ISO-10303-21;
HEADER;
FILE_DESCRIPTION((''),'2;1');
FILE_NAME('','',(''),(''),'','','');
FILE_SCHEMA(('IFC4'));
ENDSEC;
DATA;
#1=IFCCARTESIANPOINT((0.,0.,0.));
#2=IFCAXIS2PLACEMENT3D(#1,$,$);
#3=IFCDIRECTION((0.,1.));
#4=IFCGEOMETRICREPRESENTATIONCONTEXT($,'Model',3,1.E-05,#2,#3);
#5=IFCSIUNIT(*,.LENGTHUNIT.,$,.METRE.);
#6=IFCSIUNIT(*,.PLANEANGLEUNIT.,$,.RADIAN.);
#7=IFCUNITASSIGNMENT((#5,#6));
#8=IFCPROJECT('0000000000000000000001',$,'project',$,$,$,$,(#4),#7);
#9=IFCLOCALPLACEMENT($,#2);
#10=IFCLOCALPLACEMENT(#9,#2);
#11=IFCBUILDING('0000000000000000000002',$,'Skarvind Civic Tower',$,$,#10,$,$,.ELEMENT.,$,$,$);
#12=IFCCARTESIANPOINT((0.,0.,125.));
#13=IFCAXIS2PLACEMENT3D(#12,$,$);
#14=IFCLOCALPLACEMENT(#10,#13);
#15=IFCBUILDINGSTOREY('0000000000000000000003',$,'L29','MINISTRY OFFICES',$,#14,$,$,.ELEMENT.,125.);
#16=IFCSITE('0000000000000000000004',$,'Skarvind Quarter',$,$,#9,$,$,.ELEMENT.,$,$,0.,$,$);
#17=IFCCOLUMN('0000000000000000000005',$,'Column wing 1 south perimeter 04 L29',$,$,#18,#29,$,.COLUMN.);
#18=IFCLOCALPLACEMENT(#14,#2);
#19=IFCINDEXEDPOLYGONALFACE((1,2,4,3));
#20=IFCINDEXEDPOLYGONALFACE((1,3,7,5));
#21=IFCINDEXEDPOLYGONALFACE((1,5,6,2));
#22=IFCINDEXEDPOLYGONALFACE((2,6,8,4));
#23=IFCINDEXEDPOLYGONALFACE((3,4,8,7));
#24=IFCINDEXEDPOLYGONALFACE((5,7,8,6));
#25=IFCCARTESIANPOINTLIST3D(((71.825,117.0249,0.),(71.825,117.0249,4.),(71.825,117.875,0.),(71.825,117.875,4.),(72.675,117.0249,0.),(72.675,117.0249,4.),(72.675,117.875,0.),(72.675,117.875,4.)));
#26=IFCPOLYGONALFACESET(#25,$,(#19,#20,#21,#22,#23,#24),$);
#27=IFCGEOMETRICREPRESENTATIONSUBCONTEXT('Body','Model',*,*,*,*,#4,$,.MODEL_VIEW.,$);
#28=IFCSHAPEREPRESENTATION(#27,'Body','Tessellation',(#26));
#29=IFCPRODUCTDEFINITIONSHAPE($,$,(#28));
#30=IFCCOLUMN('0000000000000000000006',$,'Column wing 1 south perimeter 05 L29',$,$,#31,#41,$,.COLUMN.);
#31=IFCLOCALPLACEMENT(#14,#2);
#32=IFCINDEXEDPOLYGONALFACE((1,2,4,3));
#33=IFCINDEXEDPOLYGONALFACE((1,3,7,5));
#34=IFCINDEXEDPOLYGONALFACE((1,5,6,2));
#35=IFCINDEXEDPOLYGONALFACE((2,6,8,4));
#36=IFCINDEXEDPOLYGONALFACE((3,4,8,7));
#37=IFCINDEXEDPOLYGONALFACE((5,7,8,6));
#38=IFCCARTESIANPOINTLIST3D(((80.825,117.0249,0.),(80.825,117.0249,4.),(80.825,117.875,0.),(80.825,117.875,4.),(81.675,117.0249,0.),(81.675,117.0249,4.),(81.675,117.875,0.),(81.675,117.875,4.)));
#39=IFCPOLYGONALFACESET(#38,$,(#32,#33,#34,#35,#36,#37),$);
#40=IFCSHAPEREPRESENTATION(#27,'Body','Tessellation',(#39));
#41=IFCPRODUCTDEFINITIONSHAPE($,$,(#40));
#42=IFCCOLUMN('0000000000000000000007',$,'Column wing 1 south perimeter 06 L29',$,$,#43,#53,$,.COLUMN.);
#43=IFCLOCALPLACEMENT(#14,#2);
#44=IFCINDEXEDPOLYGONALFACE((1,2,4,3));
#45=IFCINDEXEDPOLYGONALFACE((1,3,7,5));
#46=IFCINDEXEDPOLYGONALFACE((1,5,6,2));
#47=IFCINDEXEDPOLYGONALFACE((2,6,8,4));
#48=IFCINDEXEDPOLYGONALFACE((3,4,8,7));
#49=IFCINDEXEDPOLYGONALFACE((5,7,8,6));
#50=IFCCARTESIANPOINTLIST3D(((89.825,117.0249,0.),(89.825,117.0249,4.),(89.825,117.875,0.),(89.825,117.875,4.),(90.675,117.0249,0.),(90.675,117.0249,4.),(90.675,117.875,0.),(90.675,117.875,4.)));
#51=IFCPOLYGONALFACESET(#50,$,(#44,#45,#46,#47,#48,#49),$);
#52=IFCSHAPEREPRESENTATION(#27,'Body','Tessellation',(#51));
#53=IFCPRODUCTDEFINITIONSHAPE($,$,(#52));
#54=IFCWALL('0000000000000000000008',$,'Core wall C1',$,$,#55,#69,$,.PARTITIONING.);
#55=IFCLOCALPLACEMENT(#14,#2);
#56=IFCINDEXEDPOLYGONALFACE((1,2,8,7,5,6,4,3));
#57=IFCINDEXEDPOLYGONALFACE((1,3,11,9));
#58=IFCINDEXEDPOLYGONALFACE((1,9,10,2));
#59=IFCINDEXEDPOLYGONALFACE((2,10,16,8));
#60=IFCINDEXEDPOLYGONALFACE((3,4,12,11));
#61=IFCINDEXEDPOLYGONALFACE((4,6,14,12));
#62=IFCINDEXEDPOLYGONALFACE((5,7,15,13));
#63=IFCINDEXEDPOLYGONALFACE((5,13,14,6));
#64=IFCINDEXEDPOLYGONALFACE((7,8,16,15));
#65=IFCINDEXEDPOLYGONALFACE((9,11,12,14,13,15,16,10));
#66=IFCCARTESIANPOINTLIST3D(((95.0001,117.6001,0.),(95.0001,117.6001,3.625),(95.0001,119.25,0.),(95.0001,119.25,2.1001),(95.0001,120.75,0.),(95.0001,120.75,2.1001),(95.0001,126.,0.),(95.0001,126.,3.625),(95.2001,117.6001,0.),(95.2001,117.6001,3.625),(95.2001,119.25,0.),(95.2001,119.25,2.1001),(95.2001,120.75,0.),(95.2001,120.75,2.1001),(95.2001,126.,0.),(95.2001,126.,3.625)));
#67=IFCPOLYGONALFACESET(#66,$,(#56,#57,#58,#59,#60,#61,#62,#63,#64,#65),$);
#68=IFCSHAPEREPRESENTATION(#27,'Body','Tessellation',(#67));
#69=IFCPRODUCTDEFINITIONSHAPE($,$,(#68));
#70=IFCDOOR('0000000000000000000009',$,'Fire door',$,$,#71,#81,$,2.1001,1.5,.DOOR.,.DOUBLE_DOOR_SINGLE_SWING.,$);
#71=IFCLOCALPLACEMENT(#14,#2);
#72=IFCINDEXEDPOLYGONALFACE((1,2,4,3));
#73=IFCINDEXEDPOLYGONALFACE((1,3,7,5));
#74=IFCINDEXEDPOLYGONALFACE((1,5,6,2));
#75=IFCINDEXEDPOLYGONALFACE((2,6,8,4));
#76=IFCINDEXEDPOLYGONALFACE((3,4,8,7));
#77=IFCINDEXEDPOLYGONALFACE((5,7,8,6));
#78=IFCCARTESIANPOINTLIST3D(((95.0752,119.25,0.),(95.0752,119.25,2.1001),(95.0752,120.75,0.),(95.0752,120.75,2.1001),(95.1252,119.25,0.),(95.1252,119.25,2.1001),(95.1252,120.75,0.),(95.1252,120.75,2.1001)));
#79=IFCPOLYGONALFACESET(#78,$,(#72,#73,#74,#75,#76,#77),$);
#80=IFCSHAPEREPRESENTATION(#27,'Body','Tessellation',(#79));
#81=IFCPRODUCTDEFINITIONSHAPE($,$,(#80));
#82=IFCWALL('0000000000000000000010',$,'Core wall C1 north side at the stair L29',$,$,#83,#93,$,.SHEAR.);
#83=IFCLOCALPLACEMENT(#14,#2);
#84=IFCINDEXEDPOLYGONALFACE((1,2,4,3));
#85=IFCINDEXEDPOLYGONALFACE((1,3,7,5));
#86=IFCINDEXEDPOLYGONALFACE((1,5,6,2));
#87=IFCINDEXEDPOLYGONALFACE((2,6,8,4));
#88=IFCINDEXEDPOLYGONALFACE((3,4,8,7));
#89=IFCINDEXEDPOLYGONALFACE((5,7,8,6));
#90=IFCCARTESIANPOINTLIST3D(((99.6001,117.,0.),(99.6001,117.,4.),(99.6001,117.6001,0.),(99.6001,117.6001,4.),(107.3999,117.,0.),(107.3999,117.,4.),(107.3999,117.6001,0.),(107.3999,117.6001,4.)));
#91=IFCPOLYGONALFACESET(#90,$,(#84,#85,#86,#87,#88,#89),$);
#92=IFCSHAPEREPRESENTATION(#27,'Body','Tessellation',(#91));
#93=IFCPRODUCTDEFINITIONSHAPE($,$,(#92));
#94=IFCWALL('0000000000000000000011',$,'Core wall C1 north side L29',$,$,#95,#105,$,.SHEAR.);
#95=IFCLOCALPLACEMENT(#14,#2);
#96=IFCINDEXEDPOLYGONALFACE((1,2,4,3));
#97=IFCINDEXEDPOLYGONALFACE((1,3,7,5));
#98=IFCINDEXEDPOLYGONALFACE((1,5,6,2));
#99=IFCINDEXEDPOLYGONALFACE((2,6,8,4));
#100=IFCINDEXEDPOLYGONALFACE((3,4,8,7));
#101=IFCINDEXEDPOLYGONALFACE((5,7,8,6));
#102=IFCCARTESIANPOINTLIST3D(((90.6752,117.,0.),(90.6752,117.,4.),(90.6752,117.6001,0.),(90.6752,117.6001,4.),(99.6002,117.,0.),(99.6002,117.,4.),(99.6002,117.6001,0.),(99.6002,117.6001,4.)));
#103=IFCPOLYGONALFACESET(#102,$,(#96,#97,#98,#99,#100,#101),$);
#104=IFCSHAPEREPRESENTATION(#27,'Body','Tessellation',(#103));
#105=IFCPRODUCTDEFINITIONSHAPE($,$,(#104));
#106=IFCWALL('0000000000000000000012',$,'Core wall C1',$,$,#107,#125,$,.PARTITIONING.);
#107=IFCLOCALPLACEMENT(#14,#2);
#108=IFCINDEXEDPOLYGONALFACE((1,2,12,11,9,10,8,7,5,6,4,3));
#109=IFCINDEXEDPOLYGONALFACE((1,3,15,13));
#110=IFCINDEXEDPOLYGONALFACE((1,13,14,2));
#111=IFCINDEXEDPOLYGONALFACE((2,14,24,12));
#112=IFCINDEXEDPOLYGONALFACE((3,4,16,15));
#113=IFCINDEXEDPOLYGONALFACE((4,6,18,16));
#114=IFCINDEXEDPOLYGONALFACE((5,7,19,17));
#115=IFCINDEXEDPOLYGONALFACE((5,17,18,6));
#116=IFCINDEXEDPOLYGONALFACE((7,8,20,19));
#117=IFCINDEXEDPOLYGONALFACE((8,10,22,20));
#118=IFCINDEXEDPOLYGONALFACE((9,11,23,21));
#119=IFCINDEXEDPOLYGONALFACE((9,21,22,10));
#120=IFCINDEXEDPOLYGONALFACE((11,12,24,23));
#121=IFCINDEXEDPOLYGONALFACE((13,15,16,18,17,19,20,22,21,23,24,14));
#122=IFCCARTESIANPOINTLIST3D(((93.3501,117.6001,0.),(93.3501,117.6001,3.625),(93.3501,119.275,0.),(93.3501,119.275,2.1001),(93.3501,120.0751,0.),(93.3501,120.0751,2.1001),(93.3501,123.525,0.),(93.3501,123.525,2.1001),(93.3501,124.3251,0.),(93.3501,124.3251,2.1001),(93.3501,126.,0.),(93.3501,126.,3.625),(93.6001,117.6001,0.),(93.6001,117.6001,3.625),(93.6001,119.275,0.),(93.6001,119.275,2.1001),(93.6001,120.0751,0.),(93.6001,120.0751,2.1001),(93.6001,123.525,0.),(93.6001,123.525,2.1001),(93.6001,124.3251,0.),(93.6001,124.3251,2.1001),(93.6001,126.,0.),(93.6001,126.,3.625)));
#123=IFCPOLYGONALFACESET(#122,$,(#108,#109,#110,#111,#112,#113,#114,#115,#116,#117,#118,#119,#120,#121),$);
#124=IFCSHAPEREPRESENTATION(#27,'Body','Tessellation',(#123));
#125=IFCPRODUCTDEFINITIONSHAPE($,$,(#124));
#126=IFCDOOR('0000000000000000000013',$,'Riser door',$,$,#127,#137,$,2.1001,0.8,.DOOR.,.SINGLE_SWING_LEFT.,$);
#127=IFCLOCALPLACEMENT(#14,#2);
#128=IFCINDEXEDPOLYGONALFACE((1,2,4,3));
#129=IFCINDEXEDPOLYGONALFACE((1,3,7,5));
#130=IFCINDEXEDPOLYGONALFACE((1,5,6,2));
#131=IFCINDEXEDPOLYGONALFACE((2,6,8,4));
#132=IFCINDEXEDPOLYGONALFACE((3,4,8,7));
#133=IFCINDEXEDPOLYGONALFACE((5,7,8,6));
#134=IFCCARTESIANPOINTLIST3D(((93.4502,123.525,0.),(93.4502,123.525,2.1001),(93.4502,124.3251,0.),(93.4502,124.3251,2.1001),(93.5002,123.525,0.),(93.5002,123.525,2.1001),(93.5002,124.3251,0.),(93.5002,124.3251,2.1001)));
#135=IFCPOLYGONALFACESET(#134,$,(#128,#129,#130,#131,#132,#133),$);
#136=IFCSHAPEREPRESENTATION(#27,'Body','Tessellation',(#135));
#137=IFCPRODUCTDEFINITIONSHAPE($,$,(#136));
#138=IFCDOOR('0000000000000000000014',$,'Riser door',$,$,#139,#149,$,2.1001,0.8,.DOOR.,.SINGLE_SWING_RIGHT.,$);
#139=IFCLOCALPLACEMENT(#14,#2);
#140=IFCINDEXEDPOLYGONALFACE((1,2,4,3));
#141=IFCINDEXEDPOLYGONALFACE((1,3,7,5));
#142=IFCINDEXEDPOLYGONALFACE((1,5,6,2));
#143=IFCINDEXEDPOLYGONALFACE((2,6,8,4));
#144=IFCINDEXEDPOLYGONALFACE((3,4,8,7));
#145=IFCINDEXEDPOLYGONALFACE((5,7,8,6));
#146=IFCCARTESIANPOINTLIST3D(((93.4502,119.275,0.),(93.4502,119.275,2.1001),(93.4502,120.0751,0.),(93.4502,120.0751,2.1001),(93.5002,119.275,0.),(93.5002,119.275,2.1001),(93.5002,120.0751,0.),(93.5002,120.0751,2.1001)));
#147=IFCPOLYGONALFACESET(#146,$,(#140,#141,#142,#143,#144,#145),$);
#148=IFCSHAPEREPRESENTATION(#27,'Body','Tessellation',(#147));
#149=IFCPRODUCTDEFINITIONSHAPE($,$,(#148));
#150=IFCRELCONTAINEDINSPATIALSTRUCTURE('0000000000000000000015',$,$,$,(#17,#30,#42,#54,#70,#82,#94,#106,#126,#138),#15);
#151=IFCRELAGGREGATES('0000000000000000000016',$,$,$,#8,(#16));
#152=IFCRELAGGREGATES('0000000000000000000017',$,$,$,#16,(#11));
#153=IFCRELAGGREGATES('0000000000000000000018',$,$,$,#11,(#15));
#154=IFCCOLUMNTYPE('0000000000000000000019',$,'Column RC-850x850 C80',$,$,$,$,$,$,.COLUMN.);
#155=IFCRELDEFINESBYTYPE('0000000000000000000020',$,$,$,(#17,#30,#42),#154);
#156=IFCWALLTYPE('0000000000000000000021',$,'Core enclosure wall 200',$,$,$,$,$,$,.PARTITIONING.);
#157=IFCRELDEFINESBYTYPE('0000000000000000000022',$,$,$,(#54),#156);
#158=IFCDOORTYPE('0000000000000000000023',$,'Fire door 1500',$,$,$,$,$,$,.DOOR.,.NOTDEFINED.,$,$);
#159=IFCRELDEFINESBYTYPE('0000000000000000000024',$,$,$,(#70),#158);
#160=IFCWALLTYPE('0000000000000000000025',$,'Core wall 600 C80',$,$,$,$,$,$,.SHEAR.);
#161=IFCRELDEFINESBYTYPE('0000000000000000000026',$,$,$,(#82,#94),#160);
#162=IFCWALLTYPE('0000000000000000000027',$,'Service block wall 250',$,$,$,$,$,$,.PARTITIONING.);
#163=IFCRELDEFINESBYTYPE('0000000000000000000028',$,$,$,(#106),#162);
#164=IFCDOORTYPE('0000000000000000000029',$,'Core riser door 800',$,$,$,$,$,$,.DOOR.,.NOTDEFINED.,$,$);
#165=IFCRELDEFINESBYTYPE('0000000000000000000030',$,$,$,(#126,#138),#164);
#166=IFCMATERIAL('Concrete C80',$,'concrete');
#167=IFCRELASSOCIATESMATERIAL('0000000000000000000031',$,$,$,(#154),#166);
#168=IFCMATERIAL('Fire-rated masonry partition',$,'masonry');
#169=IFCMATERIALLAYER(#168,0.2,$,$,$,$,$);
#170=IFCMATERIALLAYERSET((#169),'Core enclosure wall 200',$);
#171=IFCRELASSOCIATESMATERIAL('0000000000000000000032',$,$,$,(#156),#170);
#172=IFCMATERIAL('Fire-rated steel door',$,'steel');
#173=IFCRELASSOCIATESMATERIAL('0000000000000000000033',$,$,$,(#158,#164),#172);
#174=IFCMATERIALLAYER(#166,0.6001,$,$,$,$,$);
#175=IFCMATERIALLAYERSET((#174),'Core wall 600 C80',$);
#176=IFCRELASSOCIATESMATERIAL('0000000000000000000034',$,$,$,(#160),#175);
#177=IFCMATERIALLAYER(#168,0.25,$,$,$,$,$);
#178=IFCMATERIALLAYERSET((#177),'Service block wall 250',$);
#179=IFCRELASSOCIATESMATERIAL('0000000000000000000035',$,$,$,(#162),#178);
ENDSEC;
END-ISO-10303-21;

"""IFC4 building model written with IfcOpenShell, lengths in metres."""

from ifc_helpers import new_model, si_unit, direction, frame, frame_2d, origin, origin_2d, place, context, subcontext, project, spatial, rectangle, extrude, material, layer, layer_set, material_profile, profile_set, type_object, element, fill, save


model = new_model("IFC4")

# Units and contexts
model_context = context("Model", 3, precision=1e-05, world=origin(), true_north=direction((0.0, 1.0)))
body_context = subcontext(model_context, "Body", "Model", "MODEL_VIEW")
ifc_project = project(units=[si_unit("LENGTHUNIT", "METRE"), si_unit("PLANEANGLEUNIT", "RADIAN")], contexts=[model_context])

# Site, building, storey
site_placement = place(None, origin())
site = spatial("IfcSite", under=ifc_project, at=site_placement, Name="Skarvind Quarter", CompositionType="ELEMENT", RefElevation=0.0)
building_placement = place(site_placement, origin())
building = spatial("IfcBuilding", under=site, at=building_placement, Name="Skarvind Civic Tower", CompositionType="ELEMENT")
storey_placement = place(building_placement, frame((0.0, 0.0, 125.0)))
storey = spatial("IfcBuildingStorey", under=building, at=storey_placement, Name="L29", Description="MINISTRY OFFICES", CompositionType="ELEMENT", Elevation=125.0)

# Columns
ifc_material_1 = material(Name="Concrete C80", Category="concrete")
ifc_material_profile_1 = material_profile(ifc_material_1, rectangle(XDim=0.8501, YDim=0.8501, at=origin_2d()), Name="RC-850x850")
ifc_profile_set_1 = profile_set([ifc_material_profile_1], Name="Concrete C80")
column_type = type_object("IfcColumnType", Name="Column RC-850x850 C80", PredefinedType="COLUMN", material=ifc_profile_set_1)
for number, where, z_axis, x_axis, name in (
    (1, (72.25, 117.45, 0.0), (0.0, 0.0, 1.0), (1.0, 0.0, 0.0), "Column wing 1 south perimeter 04 L29"),
    (2, (81.25, 117.45, 0.0), (0.0, 0.0, 1.0), (1.0, 0.0, 0.0), "Column wing 1 south perimeter 05 L29"),
    (3, (90.25, 117.45, 0.0), (0.0, 0.0, 1.0), (1.0, 0.0, 0.0), "Column wing 1 south perimeter 06 L29"),
):
    element("IfcColumn", number, at=place(storey_placement, frame(where, z_axis=z_axis, x_axis=x_axis)), inside=storey, type_object=column_type, Name=name, PredefinedType="COLUMN", context=body_context, shape_type="SweptSolid", body=[
        extrude(rectangle(XDim=0.8501, YDim=0.8501, at=origin_2d()), origin(), (0.0, 0.0, 1.0), 4.0),
    ])

# Wall, opening, door
ifc_material_2 = material(Name="Fire-rated masonry partition", Category="masonry")
ifc_layer_1 = layer(ifc_material_2, 0.2)
ifc_layer_set_1 = layer_set([ifc_layer_1], Name="Core enclosure wall 200")
wall_type_1 = type_object("IfcWallType", Name="Core enclosure wall 200", PredefinedType="PARTITIONING", material=ifc_layer_set_1)
wall_1_placement = place(storey_placement, frame((95.1001, 117.6001, 0.0), z_axis=(0.0, 0.0, 1.0), x_axis=(0.0, 1.0, 0.0)))
wall_1 = element("IfcWall", 4, at=wall_1_placement, inside=storey, type_object=wall_type_1, Name="Core wall C1", PredefinedType="PARTITIONING", context=body_context, shape_type="SweptSolid", body=[
    extrude(rectangle(XDim=8.3999, YDim=0.2, at=frame_2d((4.2, 0.0))), origin(), (0.0, 0.0, 1.0), 3.625),
])
opening_1_placement = place(wall_1_placement, frame((1.6499, 0.0, 0.0)))
opening_1 = element("IfcOpeningElement", 5, at=opening_1_placement, cuts=wall_1, PredefinedType="OPENING", context=body_context, shape_type="SweptSolid", body=[
    extrude(rectangle(XDim=1.5, YDim=2.1001, at=frame_2d((0.75, 1.05))), frame((0.0, 0.1099, 0.0), z_axis=(0.0, -1.0, 0.0), x_axis=(1.0, 0.0, 0.0)), (0.0, 0.0, 1.0), 0.22),
])
ifc_material_3 = material(Name="Fire-rated steel door", Category="steel")
door_type_1 = type_object("IfcDoorType", Name="Fire door 1500", OperationType="NOTDEFINED", PredefinedType="DOOR", material=ifc_material_3)
door_1_placement = place(opening_1_placement, origin())
door_1 = element("IfcDoor", 6, at=door_1_placement, inside=storey, type_object=door_type_1, Name="Fire door", OperationType="DOUBLE_DOOR_SINGLE_SWING", OverallHeight=2.1001, OverallWidth=1.5, PredefinedType="DOOR", context=body_context, shape_type="SweptSolid", body=[
    extrude(rectangle(XDim=1.5, YDim=2.1001, at=frame_2d((0.75, 1.05))), frame((0.0, 0.0249, 0.0), z_axis=(0.0, -1.0, 0.0), x_axis=(1.0, 0.0, 0.0)), (0.0, 0.0, 1.0), 0.05),
])
fill(opening_1, door_1)

# Walls
ifc_layer_2 = layer(ifc_material_1, 0.6001)
ifc_layer_set_2 = layer_set([ifc_layer_2], Name="Core wall 600 C80")
wall_type_2 = type_object("IfcWallType", Name="Core wall 600 C80", PredefinedType="SHEAR", material=ifc_layer_set_2)
wall_2_placement = place(storey_placement, frame((107.3999, 117.3, 0.0), z_axis=(0.0, 0.0, 1.0), x_axis=(-1.0, 0.0, 0.0)))
element("IfcWall", 7, at=wall_2_placement, inside=storey, type_object=wall_type_2, Name="Core wall C1 north side at the stair L29", PredefinedType="SHEAR", context=body_context, shape_type="SweptSolid", body=[
    extrude(rectangle(XDim=7.7998, YDim=0.6001, at=frame_2d((3.8999, 0.0))), origin(), (0.0, 0.0, 1.0), 4.0),
])
wall_3_placement = place(storey_placement, frame((99.6001, 117.3, 0.0), z_axis=(0.0, 0.0, 1.0), x_axis=(-1.0, 0.0, 0.0)))
element("IfcWall", 8, at=wall_3_placement, inside=storey, type_object=wall_type_2, Name="Core wall C1 north side L29", PredefinedType="SHEAR", context=body_context, shape_type="SweptSolid", body=[
    extrude(rectangle(XDim=8.925, YDim=0.6001, at=frame_2d((4.4624, 0.0))), origin(), (0.0, 0.0, 1.0), 4.0),
])

# Wall, openings, doors
ifc_layer_3 = layer(ifc_material_2, 0.25)
ifc_layer_set_3 = layer_set([ifc_layer_3], Name="Service block wall 250")
wall_type_3 = type_object("IfcWallType", Name="Service block wall 250", PredefinedType="PARTITIONING", material=ifc_layer_set_3)
wall_4_placement = place(storey_placement, frame((93.4751, 117.6001, 0.0), z_axis=(0.0, 0.0, 1.0), x_axis=(0.0, 1.0, 0.0)))
wall_4 = element("IfcWall", 9, at=wall_4_placement, inside=storey, type_object=wall_type_3, Name="Core wall C1", PredefinedType="PARTITIONING", context=body_context, shape_type="SweptSolid", body=[
    extrude(rectangle(XDim=8.3999, YDim=0.25, at=frame_2d((4.2, 0.0))), origin(), (0.0, 0.0, 1.0), 3.625),
])
opening_2_placement = place(wall_4_placement, frame((5.925, 0.0, 0.0)))
opening_2 = element("IfcOpeningElement", 10, at=opening_2_placement, cuts=wall_4, PredefinedType="OPENING", context=body_context, shape_type="SweptSolid", body=[
    extrude(rectangle(XDim=0.8, YDim=2.1001, at=frame_2d((0.3999, 1.05))), frame((0.0, 0.135, 0.0), z_axis=(0.0, -1.0, 0.0), x_axis=(1.0, 0.0, 0.0)), (0.0, 0.0, 1.0), 0.27),
])
opening_3_placement = place(wall_4_placement, frame((1.675, 0.0, 0.0)))
opening_3 = element("IfcOpeningElement", 11, at=opening_3_placement, cuts=wall_4, PredefinedType="OPENING", context=body_context, shape_type="SweptSolid", body=[
    extrude(rectangle(XDim=0.8, YDim=2.1001, at=frame_2d((0.3999, 1.05))), frame((0.0, 0.135, 0.0), z_axis=(0.0, -1.0, 0.0), x_axis=(1.0, 0.0, 0.0)), (0.0, 0.0, 1.0), 0.27),
])
door_type_2 = type_object("IfcDoorType", Name="Core riser door 800", OperationType="NOTDEFINED", PredefinedType="DOOR", material=ifc_material_3)
door_2_placement = place(opening_2_placement, origin())
door_2 = element("IfcDoor", 12, at=door_2_placement, inside=storey, type_object=door_type_2, Name="Riser door", OperationType="SINGLE_SWING_LEFT", OverallHeight=2.1001, OverallWidth=0.8, PredefinedType="DOOR", context=body_context, shape_type="SweptSolid", body=[
    extrude(rectangle(XDim=0.8, YDim=2.1001, at=frame_2d((0.3999, 1.05))), frame((0.0, 0.0249, 0.0), z_axis=(0.0, -1.0, 0.0), x_axis=(1.0, 0.0, 0.0)), (0.0, 0.0, 1.0), 0.05),
])
fill(opening_2, door_2)
door_3_placement = place(opening_3_placement, origin())
door_3 = element("IfcDoor", 13, at=door_3_placement, inside=storey, type_object=door_type_2, Name="Riser door", OperationType="SINGLE_SWING_RIGHT", OverallHeight=2.1001, OverallWidth=0.8, PredefinedType="DOOR", context=body_context, shape_type="SweptSolid", body=[
    extrude(rectangle(XDim=0.8, YDim=2.1001, at=frame_2d((0.3999, 1.05))), frame((0.0, 0.0249, 0.0), z_axis=(0.0, -1.0, 0.0), x_axis=(1.0, 0.0, 0.0)), (0.0, 0.0, 1.0), 0.05),
])
fill(opening_3, door_3)

save(model, "model.ifc")
